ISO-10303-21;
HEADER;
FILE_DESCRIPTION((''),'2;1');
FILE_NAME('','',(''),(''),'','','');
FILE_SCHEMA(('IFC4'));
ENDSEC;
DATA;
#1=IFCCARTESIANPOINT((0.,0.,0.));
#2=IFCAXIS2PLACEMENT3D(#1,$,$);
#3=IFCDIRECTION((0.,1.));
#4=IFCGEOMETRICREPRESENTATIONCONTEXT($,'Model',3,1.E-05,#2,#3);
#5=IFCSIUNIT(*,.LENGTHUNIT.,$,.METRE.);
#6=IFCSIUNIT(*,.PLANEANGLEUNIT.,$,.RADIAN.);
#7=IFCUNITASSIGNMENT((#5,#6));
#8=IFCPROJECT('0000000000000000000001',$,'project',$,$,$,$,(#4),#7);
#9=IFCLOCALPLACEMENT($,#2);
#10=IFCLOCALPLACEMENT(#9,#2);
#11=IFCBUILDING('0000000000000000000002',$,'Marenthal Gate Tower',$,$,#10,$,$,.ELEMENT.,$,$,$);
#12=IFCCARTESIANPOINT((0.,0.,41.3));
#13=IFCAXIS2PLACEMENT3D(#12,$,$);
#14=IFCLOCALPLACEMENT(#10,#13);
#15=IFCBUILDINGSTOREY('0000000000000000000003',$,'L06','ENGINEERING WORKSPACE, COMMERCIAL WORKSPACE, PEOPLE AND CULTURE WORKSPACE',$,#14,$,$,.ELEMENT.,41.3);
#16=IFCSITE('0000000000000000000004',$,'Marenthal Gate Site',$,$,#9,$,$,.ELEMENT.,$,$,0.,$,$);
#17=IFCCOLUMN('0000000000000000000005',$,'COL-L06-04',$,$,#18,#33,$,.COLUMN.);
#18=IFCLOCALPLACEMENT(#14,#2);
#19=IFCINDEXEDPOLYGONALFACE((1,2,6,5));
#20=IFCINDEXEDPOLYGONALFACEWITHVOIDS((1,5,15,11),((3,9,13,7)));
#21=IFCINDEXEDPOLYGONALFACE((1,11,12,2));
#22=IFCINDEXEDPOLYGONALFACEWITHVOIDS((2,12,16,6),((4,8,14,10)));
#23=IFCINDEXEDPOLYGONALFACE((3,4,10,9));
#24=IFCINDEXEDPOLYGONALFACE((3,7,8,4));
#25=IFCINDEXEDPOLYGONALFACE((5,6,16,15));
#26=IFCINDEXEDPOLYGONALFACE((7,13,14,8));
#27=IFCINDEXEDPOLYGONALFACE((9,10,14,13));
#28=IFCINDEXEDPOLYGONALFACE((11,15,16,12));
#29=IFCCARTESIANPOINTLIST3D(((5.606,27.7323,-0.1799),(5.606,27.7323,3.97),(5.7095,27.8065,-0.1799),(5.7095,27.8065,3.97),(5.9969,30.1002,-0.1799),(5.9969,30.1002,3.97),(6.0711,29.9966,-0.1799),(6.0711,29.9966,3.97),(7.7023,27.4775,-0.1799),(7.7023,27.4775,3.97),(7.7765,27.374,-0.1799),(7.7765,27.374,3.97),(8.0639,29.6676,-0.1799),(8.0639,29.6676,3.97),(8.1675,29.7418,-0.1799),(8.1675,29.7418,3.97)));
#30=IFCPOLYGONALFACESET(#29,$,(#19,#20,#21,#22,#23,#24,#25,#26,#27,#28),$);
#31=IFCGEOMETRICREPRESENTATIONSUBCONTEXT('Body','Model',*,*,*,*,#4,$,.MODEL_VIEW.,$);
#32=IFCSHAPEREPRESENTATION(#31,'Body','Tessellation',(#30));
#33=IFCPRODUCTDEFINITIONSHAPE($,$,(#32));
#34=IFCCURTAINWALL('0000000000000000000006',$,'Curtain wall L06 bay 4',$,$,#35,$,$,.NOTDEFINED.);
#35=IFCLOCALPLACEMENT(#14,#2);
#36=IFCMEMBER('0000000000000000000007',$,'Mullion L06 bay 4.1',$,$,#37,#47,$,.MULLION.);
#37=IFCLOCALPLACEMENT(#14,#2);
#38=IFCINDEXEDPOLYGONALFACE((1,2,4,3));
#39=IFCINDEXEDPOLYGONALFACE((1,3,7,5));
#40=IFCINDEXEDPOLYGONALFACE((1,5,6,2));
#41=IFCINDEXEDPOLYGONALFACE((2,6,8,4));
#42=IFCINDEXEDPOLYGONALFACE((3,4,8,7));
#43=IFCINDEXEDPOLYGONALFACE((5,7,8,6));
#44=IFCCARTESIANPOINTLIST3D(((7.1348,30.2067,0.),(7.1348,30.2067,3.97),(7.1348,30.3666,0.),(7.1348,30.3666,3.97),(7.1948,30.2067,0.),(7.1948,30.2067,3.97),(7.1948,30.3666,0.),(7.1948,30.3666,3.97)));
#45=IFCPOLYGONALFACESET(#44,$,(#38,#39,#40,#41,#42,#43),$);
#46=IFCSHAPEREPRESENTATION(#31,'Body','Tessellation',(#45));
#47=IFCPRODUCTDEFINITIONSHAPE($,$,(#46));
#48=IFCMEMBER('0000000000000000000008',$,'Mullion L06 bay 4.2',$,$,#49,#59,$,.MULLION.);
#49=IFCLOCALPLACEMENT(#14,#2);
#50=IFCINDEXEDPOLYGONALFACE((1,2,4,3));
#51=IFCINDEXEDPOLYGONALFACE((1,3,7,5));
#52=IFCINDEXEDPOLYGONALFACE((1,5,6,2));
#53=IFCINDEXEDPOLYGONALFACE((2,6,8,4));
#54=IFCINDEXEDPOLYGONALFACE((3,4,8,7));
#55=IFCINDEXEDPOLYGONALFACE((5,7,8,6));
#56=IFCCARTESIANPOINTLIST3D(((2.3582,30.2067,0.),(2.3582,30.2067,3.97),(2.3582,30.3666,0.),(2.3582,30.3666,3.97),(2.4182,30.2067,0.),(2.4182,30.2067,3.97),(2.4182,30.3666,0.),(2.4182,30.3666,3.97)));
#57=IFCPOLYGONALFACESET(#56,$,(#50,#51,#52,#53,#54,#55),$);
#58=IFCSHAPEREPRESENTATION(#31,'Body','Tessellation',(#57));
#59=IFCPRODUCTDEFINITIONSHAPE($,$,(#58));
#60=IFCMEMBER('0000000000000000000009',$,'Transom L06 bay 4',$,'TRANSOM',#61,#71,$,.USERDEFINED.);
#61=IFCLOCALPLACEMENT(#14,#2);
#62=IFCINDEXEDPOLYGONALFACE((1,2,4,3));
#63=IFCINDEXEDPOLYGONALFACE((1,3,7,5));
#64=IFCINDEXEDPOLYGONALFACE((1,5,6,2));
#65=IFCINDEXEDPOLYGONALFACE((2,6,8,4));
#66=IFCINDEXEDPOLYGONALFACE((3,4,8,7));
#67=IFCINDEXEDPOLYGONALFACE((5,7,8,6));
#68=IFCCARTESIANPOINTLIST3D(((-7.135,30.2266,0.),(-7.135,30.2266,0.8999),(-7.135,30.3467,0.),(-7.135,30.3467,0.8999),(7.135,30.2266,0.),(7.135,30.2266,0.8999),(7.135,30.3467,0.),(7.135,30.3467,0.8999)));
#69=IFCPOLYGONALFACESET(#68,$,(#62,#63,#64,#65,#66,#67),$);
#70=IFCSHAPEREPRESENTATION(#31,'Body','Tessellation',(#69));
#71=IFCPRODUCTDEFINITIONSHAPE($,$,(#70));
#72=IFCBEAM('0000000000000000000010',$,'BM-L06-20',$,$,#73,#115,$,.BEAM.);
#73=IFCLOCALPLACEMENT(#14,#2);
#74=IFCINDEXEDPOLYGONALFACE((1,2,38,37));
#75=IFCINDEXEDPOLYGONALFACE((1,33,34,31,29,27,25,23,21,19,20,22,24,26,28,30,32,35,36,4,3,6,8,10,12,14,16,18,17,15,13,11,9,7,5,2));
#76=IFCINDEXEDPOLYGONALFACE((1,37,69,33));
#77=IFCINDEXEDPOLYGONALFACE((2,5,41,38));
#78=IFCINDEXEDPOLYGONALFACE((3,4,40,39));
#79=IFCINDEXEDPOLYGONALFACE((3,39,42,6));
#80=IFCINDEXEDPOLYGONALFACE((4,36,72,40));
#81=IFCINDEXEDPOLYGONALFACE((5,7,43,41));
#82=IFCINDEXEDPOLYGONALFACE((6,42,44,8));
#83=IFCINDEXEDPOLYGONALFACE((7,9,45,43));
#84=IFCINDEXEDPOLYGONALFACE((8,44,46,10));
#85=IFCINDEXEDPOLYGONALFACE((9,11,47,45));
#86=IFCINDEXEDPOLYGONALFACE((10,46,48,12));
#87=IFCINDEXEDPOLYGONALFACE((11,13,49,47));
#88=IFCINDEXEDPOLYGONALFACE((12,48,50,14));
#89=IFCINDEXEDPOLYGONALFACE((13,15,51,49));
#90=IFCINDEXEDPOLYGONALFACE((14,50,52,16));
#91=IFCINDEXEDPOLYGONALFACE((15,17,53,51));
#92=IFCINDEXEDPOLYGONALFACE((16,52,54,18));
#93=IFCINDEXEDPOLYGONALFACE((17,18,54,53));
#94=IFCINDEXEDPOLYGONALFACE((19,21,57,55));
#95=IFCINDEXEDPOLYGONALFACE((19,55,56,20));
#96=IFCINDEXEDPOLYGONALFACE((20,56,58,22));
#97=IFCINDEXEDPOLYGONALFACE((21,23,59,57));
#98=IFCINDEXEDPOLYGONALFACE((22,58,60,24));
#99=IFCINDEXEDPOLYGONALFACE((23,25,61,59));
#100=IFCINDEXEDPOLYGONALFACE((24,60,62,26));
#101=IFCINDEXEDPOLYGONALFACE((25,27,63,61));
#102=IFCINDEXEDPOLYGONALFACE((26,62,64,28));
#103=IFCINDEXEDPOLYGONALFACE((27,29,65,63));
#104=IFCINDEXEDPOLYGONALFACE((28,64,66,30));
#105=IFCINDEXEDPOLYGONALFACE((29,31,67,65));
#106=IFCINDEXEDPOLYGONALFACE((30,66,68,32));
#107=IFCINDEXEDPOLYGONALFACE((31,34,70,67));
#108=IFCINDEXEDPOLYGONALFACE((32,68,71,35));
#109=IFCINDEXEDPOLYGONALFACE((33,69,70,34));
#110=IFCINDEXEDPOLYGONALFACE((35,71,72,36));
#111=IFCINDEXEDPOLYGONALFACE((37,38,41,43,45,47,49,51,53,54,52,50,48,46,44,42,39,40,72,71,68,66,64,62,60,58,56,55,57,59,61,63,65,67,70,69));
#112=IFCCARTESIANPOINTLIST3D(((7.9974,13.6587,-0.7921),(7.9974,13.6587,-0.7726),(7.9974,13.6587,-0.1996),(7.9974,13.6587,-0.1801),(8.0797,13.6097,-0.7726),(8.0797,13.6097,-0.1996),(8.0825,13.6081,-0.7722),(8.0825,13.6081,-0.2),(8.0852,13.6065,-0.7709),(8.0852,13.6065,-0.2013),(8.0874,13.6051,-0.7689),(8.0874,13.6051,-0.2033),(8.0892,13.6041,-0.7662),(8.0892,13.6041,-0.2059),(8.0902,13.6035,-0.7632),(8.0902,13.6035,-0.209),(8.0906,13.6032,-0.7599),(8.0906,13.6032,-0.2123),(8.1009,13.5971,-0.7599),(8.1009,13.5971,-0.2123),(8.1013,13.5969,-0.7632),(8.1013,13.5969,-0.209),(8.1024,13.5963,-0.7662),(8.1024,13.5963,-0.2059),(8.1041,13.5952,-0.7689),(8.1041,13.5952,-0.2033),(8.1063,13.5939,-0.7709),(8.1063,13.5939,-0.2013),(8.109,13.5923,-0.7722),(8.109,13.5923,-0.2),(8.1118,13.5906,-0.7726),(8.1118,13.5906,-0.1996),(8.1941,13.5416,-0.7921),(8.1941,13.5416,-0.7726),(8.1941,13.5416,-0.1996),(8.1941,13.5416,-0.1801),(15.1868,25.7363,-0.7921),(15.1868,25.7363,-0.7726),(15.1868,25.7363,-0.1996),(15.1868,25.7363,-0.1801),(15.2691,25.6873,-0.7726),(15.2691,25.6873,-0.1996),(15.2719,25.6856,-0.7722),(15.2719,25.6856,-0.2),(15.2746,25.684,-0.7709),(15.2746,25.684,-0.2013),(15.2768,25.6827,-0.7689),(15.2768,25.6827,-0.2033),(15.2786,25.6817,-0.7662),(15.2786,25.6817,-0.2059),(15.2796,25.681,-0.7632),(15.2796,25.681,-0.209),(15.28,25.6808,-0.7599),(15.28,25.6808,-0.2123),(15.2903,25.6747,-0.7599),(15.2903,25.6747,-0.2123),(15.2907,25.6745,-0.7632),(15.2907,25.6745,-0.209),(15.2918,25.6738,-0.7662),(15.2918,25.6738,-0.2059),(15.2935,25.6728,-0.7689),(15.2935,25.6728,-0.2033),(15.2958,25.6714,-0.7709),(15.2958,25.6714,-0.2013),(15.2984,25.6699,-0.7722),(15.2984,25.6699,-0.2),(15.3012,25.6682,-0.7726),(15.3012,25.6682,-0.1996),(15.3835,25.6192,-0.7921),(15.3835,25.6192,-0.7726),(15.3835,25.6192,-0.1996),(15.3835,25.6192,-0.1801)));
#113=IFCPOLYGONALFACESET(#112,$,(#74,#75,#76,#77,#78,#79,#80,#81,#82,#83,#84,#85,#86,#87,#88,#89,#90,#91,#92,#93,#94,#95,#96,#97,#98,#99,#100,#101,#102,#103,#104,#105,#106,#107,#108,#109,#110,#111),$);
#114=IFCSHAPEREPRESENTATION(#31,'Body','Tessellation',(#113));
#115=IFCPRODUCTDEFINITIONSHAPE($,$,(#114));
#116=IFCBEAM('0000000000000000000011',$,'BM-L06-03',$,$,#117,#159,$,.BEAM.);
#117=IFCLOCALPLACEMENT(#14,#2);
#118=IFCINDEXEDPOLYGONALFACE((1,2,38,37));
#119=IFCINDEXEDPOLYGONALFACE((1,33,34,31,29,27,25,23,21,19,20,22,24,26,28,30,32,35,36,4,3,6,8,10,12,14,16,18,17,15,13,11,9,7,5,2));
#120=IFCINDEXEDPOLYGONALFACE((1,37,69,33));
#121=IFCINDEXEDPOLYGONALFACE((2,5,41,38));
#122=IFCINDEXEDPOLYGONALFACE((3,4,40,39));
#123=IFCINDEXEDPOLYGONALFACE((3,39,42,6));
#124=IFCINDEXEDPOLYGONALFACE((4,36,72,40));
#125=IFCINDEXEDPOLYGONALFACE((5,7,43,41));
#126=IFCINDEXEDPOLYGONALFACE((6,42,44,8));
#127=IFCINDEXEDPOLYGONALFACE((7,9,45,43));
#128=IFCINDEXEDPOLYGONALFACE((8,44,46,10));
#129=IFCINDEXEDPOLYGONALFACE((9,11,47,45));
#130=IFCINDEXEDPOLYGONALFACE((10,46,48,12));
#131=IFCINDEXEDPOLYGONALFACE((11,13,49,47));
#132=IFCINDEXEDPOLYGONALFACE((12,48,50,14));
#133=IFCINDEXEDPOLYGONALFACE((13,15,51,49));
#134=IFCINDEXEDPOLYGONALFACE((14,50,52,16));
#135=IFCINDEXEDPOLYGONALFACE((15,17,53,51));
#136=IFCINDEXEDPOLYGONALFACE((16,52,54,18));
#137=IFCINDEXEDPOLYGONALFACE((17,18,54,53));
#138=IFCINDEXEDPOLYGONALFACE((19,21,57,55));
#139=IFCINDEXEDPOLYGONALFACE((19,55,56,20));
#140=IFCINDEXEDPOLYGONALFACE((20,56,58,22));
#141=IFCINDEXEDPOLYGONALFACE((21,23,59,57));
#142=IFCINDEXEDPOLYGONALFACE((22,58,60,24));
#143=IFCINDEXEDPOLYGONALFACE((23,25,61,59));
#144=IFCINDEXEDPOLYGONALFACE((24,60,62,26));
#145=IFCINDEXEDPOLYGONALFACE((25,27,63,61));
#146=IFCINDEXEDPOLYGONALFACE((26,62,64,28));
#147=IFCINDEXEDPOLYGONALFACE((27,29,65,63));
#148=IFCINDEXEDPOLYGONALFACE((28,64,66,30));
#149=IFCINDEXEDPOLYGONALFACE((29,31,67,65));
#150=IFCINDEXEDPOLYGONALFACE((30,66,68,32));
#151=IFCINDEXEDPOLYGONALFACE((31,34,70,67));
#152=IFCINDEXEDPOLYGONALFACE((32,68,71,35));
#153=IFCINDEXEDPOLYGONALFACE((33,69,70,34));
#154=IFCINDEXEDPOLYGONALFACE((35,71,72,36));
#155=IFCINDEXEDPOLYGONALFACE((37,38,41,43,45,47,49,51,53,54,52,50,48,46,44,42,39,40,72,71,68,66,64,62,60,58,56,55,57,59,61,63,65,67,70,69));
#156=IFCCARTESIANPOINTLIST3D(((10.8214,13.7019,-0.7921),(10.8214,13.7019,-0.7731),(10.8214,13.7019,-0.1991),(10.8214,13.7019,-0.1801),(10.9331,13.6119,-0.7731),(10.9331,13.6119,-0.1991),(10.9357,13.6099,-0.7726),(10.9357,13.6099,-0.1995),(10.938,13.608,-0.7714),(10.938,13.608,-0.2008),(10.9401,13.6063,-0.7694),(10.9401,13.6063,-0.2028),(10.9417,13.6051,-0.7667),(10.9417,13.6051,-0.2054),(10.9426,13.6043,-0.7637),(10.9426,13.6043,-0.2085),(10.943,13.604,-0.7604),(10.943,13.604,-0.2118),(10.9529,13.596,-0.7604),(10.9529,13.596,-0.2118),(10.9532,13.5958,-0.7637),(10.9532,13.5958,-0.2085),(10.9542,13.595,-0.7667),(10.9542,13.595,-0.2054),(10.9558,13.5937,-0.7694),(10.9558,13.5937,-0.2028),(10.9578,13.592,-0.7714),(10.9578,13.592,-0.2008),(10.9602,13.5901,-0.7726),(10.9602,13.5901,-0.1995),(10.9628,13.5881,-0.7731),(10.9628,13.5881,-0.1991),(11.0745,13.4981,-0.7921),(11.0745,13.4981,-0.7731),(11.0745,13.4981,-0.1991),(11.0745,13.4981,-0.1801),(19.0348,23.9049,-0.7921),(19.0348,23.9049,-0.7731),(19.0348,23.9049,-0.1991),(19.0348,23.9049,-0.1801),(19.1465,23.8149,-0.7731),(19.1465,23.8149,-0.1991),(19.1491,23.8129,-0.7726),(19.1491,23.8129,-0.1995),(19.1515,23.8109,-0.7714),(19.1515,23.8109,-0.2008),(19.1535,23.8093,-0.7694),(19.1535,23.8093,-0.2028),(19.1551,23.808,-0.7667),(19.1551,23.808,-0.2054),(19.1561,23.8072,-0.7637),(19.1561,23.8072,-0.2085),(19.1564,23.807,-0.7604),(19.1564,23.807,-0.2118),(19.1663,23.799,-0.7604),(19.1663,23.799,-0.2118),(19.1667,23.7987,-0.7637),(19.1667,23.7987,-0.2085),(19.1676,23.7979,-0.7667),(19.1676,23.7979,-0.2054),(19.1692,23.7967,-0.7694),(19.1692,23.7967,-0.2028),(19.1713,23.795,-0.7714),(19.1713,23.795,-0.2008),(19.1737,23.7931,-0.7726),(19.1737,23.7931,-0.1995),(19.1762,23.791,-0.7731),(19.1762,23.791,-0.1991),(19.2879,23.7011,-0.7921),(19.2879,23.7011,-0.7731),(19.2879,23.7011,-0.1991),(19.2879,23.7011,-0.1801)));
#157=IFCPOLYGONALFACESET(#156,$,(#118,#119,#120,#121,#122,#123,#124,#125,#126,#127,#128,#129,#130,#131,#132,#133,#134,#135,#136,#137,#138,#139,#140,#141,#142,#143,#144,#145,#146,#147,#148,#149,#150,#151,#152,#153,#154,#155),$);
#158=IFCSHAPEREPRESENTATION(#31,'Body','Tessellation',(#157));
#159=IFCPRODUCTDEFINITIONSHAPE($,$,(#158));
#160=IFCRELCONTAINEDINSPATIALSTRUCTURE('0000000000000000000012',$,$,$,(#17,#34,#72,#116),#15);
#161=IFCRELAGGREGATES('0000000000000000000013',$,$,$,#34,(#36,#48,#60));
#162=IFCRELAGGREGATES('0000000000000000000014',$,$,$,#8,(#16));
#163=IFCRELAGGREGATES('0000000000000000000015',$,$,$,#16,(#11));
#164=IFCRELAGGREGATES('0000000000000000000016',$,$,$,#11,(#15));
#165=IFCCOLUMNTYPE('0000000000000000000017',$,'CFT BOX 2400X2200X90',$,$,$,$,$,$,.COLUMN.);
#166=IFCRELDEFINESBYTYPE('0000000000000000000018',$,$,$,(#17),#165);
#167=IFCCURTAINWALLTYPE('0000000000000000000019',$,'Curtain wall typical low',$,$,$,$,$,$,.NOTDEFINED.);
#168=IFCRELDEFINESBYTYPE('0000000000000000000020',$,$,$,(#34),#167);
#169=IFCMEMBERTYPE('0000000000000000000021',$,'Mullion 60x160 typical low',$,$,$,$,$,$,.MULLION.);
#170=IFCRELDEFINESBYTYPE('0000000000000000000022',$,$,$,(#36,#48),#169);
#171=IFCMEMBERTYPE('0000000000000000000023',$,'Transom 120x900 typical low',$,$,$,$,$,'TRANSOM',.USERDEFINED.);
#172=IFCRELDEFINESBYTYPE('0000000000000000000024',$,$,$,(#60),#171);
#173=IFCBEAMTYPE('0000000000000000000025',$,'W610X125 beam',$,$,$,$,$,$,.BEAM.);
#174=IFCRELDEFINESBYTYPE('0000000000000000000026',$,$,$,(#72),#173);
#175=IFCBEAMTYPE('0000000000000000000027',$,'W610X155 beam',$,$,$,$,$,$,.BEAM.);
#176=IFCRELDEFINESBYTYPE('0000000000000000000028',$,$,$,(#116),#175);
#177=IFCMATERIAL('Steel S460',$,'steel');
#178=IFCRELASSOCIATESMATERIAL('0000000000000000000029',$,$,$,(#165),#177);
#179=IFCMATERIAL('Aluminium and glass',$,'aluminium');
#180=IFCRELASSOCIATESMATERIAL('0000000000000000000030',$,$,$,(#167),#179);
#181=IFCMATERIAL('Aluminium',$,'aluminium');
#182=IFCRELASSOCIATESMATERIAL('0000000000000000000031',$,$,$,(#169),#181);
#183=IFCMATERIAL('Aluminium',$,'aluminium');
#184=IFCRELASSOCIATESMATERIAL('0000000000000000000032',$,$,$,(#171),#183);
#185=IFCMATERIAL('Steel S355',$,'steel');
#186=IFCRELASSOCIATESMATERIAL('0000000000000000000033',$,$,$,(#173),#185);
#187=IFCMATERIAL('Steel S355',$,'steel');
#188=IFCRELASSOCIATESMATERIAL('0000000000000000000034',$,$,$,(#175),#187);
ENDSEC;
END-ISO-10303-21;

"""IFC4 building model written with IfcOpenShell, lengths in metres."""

from ifc_helpers import new_model, si_unit, direction, frame, origin, origin_2d, place, context, subcontext, project, spatial, rectangle, hollow_rectangle, i_section, extrude, material, material_profile, profile_set, type_object, element, aggregate, save


model = new_model("IFC4")

# Units and contexts
model_context = context("Model", 3, precision=1e-05, world=origin(), true_north=direction((0.0, 1.0)))
body_context = subcontext(model_context, "Body", "Model", "MODEL_VIEW")
ifc_project = project(units=[si_unit("LENGTHUNIT", "METRE"), si_unit("PLANEANGLEUNIT", "RADIAN")], contexts=[model_context])

# Site, building, storey
site_placement = place(None, origin())
site = spatial("IfcSite", under=ifc_project, at=site_placement, Name="Marenthal Gate Site", CompositionType="ELEMENT", RefElevation=0.0)
building_placement = place(site_placement, origin())
building = spatial("IfcBuilding", under=site, at=building_placement, Name="Marenthal Gate Tower", CompositionType="ELEMENT")
storey_placement = place(building_placement, frame((0.0, 0.0, 41.3)))
storey = spatial("IfcBuildingStorey", under=building, at=storey_placement, Name="L06", Description="ENGINEERING WORKSPACE, COMMERCIAL WORKSPACE, PEOPLE AND CULTURE WORKSPACE", CompositionType="ELEMENT", Elevation=41.3)

# Column
ifc_material_1 = material(Name="Steel S460", Category="steel")
ifc_material_profile_1 = material_profile(ifc_material_1, hollow_rectangle(XDim=2.2, YDim=2.3999, WallThickness=0.0901, at=origin_2d()), Name="CFT BOX 2400X2200X90")
ifc_material_2 = material(Name="Concrete 70 MPa", Category="concrete")
ifc_material_profile_2 = material_profile(ifc_material_2, rectangle(XDim=2.02, YDim=2.22, at=origin_2d()), Name="CFT BOX 2400X2200X90 INFILL")
ifc_profile_set_1 = profile_set([ifc_material_profile_1, ifc_material_profile_2], Name="Steel S460 shell, Concrete 70 MPa infill")
column_type = type_object("IfcColumnType", Name="CFT BOX 2400X2200X90", PredefinedType="COLUMN", material=ifc_profile_set_1)
column_placement = place(storey_placement, frame((6.8867, 28.7371, -0.1799), z_axis=(0.0, 0.0, 1.0), x_axis=(0.986643, -0.162897, 0.0)))
element("IfcColumn", 1, at=column_placement, inside=storey, type_object=column_type, Name="COL-L06-04", PredefinedType="COLUMN", context=body_context, shape_type="SweptSolid", body=[
    extrude(hollow_rectangle(XDim=2.2, YDim=2.3999, WallThickness=0.0901, at=origin_2d()), origin(), (0.0, 0.0, 1.0), 4.1499),
])

# Curtain wall, members
ifc_material_3 = material(Name="Aluminium and glass", Category="aluminium")
curtain_wall_type = type_object("IfcCurtainWallType", Name="Curtain wall typical low", PredefinedType="NOTDEFINED", material=ifc_material_3)
curtain_wall_placement = place(storey_placement, origin())
curtain_wall = element("IfcCurtainWall", 2, at=curtain_wall_placement, inside=storey, type_object=curtain_wall_type, Name="Curtain wall L06 bay 4", PredefinedType="NOTDEFINED")
ifc_material_4 = material(Name="Aluminium", Category="aluminium")
ifc_material_profile_3 = material_profile(ifc_material_4, rectangle(XDim=0.1599, YDim=0.0601, at=origin_2d()), Name="60x160 aluminium mullion")
ifc_profile_set_2 = profile_set([ifc_material_profile_3], Name="Aluminium")
member_type_1 = type_object("IfcMemberType", Name="Mullion 60x160 typical low", PredefinedType="MULLION", material=ifc_profile_set_2)
member_1_placement = place(storey_placement, frame((7.1648, 30.2866, 0.0), z_axis=(0.0, 0.0, 1.0), x_axis=(0.0, -1.0, 0.0)))
member_1 = element("IfcMember", 3, at=member_1_placement, type_object=member_type_1, Name="Mullion L06 bay 4.1", PredefinedType="MULLION", context=body_context, shape_type="SweptSolid", body=[
    extrude(rectangle(XDim=0.1599, YDim=0.0601, at=origin_2d()), origin(), (0.0, 0.0, 1.0), 3.97),
])
member_2_placement = place(storey_placement, frame((2.3882, 30.2866, 0.0), z_axis=(0.0, 0.0, 1.0), x_axis=(0.0, -1.0, 0.0)))
member_2 = element("IfcMember", 4, at=member_2_placement, type_object=member_type_1, Name="Mullion L06 bay 4.2", PredefinedType="MULLION", context=body_context, shape_type="SweptSolid", body=[
    extrude(rectangle(XDim=0.1599, YDim=0.0601, at=origin_2d()), origin(), (0.0, 0.0, 1.0), 3.97),
])
ifc_material_5 = material(Name="Aluminium", Category="aluminium")
ifc_material_profile_4 = material_profile(ifc_material_5, rectangle(XDim=0.1201, YDim=0.8999, at=origin_2d()), Name="120x900 aluminium transom")
ifc_profile_set_3 = profile_set([ifc_material_profile_4], Name="Aluminium")
member_type_2 = type_object("IfcMemberType", Name="Transom 120x900 typical low", ElementType="TRANSOM", PredefinedType="USERDEFINED", material=ifc_profile_set_3)
member_3_placement = place(storey_placement, frame((7.135, 30.2866, 0.45), z_axis=(-1.0, 0.0, 0.0), x_axis=(0.0, -1.0, 0.0)))
member_3 = element("IfcMember", 5, at=member_3_placement, type_object=member_type_2, Name="Transom L06 bay 4", ObjectType="TRANSOM", PredefinedType="USERDEFINED", context=body_context, shape_type="SweptSolid", body=[
    extrude(rectangle(XDim=0.1201, YDim=0.8999, at=origin_2d()), origin(), (0.0, 0.0, 1.0), 14.27),
])

# Beams
ifc_material_6 = material(Name="Steel S355", Category="steel")
ifc_material_profile_5 = material_profile(ifc_material_6, i_section(OverallWidth=0.229, OverallDepth=0.6121, WebThickness=0.012, FlangeThickness=0.0195, FilletRadius=0.0127, at=origin_2d()), Name="W610X125")
ifc_profile_set_4 = profile_set([ifc_material_profile_5], Name="Steel S355")
beam_type_1 = type_object("IfcBeamType", Name="W610X125 beam", PredefinedType="BEAM", material=ifc_profile_set_4)
beam_1_placement = place(storey_placement, frame((15.2852, 25.6777, -0.4861), z_axis=(-0.511504, -0.859281, 0.0), x_axis=(0.859281, -0.511504, 0.0)))
element("IfcBeam", 6, at=beam_1_placement, inside=storey, type_object=beam_type_1, Name="BM-L06-20", PredefinedType="BEAM", context=body_context, shape_type="SweptSolid", body=[
    extrude(i_section(OverallWidth=0.229, OverallDepth=0.6121, WebThickness=0.012, FlangeThickness=0.0195, FilletRadius=0.0127, at=origin_2d()), origin(), (0.0, 0.0, 1.0), 14.0554),
])
ifc_material_7 = material(Name="Steel S355", Category="steel")
ifc_material_profile_6 = material_profile(ifc_material_7, i_section(OverallWidth=0.325, OverallDepth=0.6121, WebThickness=0.0127, FlangeThickness=0.019, FilletRadius=0.0127, at=origin_2d()), Name="W610X155")
ifc_profile_set_5 = profile_set([ifc_material_profile_6], Name="Steel S355")
beam_type_2 = type_object("IfcBeamType", Name="W610X155 beam", PredefinedType="BEAM", material=ifc_profile_set_5)
beam_2_placement = place(storey_placement, frame((19.1614, 23.803, -0.4861), z_axis=(-0.62707, -0.778963, 0.0), x_axis=(0.778963, -0.62707, 0.0)))
element("IfcBeam", 7, at=beam_2_placement, inside=storey, type_object=beam_type_2, Name="BM-L06-03", PredefinedType="BEAM", context=body_context, shape_type="SweptSolid", body=[
    extrude(i_section(OverallWidth=0.325, OverallDepth=0.6121, WebThickness=0.0127, FlangeThickness=0.019, FilletRadius=0.0127, at=origin_2d()), origin(), (0.0, 0.0, 1.0), 13.0981),
])

aggregate(curtain_wall, [member_1, member_2, member_3])

save(model, "model.ifc")
